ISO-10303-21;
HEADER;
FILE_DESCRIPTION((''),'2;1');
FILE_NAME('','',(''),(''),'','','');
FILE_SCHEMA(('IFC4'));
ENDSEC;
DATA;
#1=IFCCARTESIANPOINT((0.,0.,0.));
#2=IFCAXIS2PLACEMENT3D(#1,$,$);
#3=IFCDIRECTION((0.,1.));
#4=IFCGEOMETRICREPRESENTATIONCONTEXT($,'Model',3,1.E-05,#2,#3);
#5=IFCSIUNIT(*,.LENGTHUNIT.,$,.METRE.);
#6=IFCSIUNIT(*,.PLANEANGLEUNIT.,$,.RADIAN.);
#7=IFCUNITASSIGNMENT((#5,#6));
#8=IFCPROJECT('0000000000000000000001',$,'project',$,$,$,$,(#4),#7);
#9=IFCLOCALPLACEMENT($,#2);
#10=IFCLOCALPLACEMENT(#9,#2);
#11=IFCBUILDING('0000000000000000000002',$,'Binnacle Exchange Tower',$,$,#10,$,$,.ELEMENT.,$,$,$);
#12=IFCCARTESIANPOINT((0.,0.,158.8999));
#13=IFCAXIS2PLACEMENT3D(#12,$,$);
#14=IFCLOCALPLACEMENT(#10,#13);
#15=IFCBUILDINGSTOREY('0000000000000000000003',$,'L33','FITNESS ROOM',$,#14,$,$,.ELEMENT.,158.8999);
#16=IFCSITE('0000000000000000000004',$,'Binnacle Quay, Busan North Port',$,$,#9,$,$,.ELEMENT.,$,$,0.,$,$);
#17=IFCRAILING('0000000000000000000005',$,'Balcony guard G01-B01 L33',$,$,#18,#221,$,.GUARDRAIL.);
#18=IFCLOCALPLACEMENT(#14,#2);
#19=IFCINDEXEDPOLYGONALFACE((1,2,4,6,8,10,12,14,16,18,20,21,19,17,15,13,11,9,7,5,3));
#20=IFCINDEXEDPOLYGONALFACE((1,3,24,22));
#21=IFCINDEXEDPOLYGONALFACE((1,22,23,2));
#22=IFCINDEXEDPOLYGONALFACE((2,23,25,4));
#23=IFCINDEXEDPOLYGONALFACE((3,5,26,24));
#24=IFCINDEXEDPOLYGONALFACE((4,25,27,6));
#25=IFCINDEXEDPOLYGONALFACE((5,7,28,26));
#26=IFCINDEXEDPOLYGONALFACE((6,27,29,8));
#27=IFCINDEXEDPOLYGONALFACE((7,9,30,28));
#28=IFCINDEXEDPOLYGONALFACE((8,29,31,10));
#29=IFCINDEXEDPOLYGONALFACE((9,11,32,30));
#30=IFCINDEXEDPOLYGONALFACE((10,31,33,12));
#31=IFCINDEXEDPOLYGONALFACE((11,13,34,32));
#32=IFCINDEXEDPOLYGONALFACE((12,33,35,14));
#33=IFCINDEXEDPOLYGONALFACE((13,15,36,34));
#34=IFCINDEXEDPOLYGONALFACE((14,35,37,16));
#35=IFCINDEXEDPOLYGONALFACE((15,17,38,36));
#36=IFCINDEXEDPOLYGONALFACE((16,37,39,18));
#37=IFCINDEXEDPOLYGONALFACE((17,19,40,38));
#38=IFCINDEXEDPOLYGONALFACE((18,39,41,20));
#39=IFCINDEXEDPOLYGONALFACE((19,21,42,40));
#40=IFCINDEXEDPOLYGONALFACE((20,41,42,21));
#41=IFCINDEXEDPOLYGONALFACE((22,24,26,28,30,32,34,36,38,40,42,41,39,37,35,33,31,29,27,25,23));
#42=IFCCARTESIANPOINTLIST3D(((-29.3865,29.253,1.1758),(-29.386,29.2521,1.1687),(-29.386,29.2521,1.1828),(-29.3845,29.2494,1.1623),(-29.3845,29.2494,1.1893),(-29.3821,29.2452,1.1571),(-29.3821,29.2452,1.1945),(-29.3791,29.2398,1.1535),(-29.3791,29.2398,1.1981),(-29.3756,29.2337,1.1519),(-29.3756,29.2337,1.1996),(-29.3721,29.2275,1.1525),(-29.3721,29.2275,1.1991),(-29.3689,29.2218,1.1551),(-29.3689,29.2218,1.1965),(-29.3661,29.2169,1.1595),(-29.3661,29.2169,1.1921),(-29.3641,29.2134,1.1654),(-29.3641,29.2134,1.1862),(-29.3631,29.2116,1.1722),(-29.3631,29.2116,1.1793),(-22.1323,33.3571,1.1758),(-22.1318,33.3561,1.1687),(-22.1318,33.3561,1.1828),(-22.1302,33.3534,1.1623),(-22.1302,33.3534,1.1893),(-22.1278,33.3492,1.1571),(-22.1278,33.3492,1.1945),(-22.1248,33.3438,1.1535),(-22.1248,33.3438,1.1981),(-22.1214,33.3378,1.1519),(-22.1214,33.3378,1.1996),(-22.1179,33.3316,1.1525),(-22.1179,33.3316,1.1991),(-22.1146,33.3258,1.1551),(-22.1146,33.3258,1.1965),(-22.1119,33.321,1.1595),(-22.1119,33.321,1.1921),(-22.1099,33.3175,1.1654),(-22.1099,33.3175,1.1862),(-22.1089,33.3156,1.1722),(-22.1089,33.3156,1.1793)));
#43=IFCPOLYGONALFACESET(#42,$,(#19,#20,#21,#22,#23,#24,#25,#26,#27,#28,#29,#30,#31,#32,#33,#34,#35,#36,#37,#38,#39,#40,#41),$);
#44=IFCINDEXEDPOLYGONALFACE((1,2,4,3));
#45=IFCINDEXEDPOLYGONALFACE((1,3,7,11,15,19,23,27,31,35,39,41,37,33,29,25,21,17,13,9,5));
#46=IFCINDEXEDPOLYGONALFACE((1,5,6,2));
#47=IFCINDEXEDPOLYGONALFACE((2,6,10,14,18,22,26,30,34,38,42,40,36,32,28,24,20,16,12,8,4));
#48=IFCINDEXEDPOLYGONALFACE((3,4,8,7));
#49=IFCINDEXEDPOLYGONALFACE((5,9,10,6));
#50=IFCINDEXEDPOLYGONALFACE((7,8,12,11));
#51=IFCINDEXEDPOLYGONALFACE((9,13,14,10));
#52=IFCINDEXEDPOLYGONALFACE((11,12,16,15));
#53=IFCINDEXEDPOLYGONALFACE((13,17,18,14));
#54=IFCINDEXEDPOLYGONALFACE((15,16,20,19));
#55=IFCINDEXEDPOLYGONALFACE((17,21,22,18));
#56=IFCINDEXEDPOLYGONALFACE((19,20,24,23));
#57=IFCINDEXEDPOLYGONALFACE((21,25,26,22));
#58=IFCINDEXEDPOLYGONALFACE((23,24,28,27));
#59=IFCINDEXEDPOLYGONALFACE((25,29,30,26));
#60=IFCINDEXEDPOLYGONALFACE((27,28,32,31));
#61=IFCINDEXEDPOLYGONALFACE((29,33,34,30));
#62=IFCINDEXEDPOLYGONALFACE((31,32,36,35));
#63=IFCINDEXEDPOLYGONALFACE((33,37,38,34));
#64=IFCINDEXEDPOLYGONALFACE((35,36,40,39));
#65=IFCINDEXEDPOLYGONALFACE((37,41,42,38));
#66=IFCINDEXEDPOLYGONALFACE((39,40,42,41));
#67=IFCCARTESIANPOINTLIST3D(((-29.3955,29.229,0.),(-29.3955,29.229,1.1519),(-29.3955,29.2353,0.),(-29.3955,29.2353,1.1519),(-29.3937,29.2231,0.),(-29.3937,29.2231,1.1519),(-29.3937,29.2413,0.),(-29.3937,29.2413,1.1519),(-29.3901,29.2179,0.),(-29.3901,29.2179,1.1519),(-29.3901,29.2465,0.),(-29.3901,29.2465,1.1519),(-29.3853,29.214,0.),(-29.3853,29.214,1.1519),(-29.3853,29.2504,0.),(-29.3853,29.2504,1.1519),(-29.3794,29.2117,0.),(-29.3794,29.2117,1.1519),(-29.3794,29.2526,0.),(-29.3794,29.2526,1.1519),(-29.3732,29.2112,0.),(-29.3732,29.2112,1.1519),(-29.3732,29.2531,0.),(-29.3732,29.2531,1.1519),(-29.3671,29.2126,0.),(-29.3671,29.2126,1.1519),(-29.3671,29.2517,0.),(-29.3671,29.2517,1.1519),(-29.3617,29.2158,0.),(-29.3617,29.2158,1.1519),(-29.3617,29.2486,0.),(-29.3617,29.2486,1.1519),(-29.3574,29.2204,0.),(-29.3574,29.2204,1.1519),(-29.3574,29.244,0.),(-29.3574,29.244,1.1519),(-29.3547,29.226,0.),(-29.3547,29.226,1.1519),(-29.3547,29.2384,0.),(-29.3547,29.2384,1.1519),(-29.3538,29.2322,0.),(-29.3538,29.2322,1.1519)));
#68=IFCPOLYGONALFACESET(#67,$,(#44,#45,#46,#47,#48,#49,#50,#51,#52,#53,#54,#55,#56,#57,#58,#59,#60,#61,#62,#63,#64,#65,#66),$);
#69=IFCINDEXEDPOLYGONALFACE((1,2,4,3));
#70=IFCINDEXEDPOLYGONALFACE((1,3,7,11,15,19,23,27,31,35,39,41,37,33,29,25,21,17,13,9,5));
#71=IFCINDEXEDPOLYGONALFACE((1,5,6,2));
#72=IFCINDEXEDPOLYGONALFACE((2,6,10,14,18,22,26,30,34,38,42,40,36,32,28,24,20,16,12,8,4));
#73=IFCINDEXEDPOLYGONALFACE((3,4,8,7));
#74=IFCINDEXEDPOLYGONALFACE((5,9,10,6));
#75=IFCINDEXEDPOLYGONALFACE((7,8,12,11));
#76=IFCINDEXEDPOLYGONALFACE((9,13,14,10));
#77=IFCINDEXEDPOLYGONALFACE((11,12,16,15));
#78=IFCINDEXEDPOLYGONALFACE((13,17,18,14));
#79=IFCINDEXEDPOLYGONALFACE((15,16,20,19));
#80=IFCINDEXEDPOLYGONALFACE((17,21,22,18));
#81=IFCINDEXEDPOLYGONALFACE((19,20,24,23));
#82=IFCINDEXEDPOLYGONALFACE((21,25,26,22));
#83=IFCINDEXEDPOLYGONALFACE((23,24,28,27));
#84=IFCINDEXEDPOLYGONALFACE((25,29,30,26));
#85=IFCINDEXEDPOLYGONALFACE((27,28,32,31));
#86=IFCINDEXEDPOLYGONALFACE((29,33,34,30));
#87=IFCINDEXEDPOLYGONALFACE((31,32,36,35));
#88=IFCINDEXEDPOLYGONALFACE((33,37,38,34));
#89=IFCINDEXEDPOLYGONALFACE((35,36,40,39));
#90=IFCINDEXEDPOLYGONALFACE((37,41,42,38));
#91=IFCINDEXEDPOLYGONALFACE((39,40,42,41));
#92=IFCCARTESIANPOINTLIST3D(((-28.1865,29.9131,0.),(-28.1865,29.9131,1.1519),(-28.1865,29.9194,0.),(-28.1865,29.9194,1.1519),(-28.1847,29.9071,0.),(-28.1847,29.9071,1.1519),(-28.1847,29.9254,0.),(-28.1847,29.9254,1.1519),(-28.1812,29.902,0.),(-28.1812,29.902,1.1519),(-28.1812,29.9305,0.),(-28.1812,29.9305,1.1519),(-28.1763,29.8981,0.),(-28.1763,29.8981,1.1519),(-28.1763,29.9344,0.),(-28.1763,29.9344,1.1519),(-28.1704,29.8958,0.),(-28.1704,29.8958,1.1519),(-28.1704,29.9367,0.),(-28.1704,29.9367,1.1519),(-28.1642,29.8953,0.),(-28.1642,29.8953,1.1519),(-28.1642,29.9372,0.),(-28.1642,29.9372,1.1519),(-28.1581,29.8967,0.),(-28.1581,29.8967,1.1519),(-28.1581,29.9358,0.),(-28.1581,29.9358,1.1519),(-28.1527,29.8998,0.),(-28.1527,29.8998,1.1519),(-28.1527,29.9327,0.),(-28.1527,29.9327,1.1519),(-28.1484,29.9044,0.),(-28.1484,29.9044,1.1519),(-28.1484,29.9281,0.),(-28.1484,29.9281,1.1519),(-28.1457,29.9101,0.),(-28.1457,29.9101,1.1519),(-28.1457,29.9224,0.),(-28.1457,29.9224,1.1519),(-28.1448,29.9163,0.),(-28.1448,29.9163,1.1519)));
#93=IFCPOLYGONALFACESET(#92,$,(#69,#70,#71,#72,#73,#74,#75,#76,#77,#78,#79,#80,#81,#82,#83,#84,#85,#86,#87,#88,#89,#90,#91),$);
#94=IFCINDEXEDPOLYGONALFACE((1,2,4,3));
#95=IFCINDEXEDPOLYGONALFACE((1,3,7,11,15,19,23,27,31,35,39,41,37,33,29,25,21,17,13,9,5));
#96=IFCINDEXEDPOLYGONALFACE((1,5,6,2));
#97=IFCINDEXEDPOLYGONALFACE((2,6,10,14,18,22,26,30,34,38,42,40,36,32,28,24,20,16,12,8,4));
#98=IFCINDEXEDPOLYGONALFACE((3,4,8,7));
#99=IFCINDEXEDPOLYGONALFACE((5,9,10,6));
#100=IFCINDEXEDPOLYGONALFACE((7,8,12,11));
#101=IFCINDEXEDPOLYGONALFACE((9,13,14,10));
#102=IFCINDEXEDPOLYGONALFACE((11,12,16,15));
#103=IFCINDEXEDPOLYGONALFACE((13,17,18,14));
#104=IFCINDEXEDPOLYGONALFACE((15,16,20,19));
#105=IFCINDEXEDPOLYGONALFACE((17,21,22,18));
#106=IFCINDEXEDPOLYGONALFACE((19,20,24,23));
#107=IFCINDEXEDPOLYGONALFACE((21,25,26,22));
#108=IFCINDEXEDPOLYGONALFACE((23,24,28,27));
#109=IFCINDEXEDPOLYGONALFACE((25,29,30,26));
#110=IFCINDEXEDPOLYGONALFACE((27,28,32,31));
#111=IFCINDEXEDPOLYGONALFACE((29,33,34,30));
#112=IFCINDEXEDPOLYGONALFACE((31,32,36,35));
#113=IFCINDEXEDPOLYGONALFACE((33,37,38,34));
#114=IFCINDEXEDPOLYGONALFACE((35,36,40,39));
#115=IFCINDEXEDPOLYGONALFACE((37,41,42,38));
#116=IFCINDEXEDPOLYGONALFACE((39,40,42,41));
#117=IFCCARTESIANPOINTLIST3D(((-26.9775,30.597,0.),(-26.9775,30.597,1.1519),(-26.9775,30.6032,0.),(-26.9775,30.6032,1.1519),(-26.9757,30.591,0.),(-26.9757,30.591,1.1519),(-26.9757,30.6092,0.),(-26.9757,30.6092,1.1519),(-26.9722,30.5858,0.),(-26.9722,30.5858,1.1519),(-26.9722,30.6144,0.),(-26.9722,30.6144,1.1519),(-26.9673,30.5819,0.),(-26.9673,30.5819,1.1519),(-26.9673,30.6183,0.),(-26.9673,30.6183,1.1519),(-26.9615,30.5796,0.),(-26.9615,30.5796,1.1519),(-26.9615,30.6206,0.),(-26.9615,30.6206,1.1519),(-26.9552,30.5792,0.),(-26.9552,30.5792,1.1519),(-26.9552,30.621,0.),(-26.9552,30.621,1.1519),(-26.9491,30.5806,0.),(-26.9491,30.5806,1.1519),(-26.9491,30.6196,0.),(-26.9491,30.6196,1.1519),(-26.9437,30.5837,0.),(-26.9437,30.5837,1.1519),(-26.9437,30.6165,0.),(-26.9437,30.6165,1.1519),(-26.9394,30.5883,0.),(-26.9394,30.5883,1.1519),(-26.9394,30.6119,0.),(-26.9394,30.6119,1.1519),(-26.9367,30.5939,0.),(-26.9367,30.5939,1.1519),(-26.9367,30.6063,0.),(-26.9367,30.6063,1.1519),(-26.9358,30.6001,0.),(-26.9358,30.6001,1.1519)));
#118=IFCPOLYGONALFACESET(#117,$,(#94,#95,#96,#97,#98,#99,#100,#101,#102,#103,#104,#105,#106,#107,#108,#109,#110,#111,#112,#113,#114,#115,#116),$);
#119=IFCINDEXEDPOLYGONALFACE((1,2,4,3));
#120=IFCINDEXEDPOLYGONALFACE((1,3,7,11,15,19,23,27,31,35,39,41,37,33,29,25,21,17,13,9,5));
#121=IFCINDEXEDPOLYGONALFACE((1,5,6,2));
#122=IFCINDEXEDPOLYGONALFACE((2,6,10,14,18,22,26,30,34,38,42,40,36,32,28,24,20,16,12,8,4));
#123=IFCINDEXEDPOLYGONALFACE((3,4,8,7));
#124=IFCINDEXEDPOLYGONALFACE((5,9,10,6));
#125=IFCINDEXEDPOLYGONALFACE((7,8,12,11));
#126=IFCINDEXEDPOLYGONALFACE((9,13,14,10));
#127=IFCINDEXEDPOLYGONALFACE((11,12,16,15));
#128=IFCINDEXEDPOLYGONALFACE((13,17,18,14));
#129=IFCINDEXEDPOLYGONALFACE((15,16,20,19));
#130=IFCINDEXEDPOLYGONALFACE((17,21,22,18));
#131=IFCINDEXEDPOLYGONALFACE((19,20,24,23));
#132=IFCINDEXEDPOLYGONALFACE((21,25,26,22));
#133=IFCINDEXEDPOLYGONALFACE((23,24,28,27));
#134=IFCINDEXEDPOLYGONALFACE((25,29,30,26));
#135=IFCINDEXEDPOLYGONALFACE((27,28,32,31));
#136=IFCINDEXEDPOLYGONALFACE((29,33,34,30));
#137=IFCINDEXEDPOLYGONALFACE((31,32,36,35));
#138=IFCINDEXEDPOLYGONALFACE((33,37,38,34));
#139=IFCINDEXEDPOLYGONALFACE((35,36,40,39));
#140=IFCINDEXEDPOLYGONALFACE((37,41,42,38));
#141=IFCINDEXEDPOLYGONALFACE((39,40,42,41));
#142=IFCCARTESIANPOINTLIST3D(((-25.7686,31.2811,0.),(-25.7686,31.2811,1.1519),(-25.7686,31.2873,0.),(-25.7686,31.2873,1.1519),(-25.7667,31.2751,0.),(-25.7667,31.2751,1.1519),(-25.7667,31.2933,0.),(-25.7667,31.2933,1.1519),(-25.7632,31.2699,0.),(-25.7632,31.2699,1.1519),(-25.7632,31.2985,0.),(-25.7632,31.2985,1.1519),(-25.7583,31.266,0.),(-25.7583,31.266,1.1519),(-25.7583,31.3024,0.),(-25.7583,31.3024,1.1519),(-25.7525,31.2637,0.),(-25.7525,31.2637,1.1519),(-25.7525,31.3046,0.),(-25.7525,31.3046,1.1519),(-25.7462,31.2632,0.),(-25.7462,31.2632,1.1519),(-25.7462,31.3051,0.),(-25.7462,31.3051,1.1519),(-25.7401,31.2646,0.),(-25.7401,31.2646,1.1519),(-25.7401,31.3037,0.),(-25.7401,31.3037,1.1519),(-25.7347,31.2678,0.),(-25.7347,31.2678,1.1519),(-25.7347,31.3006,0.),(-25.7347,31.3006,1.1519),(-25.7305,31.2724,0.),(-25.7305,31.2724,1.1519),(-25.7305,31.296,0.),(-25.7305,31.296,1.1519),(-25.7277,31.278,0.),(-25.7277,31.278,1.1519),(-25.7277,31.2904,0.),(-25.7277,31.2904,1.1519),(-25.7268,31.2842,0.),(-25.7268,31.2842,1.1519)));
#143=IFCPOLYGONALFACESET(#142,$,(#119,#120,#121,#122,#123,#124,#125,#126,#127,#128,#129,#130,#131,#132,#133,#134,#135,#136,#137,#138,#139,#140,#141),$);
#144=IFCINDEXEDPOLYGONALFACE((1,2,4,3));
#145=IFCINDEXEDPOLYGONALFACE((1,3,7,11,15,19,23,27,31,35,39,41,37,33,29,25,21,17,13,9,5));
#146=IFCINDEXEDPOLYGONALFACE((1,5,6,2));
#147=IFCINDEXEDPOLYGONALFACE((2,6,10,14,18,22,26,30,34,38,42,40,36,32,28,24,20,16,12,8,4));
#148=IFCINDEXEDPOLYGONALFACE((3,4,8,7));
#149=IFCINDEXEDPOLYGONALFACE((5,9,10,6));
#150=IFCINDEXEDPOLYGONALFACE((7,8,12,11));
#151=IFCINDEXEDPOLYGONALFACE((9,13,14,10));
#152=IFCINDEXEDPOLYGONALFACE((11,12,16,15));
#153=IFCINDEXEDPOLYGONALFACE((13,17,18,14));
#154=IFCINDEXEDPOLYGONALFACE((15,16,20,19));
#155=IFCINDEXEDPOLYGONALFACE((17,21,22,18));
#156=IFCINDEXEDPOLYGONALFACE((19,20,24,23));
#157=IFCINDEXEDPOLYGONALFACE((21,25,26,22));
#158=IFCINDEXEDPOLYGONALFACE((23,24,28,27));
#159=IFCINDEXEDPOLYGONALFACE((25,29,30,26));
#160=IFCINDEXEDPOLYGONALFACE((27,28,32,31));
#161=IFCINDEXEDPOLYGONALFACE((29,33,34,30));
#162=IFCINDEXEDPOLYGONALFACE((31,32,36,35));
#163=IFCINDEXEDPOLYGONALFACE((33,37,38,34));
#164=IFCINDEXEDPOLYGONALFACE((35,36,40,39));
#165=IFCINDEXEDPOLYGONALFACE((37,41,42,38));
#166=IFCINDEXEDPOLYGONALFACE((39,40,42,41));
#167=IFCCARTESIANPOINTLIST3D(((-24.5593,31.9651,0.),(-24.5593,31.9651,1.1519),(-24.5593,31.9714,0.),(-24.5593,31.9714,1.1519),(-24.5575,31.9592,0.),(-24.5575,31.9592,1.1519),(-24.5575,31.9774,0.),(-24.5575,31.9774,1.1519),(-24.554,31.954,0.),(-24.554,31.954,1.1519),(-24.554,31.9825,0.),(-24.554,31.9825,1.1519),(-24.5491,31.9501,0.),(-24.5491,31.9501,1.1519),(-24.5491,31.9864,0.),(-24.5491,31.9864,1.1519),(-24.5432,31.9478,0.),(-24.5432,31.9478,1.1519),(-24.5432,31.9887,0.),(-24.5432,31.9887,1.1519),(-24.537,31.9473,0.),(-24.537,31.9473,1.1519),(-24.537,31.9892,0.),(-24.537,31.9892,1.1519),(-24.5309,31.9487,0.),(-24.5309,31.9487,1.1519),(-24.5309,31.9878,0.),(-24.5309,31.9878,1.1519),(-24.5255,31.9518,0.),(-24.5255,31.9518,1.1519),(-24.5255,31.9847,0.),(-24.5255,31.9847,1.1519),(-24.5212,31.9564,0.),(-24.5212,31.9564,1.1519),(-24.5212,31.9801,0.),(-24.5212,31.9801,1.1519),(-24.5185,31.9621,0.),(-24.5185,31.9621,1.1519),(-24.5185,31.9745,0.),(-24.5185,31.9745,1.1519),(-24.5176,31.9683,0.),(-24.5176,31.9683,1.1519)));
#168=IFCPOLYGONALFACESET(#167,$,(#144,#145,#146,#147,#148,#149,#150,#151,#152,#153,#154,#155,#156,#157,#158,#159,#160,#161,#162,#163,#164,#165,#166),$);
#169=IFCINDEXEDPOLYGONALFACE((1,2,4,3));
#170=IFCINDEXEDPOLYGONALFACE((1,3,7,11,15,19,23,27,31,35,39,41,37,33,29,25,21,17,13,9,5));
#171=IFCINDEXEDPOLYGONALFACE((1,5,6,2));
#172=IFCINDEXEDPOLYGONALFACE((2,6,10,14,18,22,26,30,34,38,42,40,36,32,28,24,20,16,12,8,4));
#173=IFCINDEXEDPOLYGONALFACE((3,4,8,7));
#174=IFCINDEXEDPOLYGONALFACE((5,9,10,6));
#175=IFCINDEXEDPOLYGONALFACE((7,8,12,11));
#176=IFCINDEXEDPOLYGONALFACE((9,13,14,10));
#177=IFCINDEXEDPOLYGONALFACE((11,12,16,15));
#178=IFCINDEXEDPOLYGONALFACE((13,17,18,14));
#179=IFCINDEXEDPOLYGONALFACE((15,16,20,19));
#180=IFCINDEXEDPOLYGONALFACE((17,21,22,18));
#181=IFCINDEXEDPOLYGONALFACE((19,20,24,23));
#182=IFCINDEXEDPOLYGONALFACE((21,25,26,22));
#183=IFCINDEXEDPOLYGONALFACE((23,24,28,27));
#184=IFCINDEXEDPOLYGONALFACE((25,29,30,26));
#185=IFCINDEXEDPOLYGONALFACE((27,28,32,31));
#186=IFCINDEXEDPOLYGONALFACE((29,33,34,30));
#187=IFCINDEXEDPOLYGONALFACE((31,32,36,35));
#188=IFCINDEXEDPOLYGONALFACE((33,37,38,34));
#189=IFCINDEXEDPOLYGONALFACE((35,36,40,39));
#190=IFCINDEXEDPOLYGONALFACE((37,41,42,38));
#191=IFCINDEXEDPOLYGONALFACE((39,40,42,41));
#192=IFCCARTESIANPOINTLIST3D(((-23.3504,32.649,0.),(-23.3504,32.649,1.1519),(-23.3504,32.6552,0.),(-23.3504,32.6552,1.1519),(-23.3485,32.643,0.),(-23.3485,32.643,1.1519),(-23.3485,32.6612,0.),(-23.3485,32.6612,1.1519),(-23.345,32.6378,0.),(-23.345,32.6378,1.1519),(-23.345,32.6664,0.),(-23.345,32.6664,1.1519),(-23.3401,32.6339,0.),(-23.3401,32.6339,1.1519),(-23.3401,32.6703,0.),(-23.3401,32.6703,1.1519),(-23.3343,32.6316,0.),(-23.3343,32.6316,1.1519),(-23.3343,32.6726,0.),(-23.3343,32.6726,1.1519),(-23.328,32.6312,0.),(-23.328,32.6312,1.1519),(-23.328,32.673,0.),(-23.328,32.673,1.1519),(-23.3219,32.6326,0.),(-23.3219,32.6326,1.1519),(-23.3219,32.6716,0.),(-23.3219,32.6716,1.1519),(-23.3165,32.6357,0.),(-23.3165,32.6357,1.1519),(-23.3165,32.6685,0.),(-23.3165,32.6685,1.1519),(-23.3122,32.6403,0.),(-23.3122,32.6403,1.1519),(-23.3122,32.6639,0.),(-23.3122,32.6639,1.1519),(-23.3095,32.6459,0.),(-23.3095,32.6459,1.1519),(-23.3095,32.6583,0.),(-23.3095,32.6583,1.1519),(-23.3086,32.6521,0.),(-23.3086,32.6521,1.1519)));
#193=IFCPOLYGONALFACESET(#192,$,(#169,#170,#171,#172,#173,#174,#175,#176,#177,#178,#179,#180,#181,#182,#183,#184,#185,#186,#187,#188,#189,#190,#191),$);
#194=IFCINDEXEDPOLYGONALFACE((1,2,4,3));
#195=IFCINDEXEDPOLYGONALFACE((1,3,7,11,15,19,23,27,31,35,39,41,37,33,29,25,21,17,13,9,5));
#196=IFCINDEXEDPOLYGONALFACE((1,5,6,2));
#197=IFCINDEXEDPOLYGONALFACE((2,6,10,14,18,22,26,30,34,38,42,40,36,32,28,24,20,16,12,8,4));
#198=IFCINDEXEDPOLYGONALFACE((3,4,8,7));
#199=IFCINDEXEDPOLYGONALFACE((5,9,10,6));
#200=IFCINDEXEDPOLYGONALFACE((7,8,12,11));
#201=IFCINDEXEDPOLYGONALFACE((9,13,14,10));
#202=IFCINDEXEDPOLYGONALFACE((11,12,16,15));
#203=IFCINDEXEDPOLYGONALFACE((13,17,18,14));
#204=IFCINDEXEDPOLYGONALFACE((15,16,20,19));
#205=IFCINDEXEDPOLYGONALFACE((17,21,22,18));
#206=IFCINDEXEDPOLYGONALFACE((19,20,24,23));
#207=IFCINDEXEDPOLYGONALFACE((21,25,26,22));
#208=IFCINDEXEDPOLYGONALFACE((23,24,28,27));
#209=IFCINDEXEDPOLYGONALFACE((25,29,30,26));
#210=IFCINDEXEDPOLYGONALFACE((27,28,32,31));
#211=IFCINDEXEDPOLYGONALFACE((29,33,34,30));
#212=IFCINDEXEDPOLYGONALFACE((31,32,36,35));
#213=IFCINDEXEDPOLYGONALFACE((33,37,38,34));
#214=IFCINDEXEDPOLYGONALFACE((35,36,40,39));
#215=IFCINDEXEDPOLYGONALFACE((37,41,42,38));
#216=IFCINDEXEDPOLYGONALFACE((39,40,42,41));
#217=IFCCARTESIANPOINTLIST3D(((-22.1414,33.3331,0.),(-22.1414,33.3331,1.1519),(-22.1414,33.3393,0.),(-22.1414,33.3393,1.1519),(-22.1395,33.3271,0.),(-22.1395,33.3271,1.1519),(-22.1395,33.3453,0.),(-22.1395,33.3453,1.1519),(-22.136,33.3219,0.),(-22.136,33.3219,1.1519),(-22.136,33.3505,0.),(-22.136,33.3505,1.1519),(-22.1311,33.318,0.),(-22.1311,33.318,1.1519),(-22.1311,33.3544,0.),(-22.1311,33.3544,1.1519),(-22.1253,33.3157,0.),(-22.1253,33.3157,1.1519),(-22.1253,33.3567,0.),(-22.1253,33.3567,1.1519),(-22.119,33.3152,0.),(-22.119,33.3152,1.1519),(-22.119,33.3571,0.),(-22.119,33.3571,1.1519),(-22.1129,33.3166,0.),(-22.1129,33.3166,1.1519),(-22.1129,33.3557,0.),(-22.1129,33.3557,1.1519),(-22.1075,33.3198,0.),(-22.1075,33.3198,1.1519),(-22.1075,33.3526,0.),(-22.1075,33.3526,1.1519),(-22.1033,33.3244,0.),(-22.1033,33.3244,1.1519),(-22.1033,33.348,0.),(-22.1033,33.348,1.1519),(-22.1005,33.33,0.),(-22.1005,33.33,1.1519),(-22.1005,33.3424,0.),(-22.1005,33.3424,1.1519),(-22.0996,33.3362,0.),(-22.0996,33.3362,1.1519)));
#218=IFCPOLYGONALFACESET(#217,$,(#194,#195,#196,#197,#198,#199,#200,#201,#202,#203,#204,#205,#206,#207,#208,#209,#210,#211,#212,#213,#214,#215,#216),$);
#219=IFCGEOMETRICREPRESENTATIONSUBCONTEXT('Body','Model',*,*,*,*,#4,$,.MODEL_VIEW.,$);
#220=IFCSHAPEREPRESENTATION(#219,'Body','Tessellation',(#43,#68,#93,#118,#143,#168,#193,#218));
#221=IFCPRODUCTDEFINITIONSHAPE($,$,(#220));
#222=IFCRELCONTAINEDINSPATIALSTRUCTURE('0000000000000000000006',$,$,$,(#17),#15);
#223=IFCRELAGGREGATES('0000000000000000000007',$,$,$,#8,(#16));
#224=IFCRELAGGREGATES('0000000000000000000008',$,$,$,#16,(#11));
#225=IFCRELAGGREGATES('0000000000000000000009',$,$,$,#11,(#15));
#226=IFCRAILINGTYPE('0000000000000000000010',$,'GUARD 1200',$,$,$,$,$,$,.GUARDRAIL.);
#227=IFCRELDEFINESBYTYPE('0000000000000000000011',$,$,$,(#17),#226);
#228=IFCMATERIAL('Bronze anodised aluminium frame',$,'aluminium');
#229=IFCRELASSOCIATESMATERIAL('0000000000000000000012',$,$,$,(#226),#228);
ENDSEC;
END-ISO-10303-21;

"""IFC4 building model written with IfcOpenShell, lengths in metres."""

from ifc_helpers import new_model, si_unit, direction, frame, origin, origin_2d, place, context, subcontext, project, spatial, circle, extrude, material, type_object, element, save


model = new_model("IFC4")

# Units and contexts
model_context = context("Model", 3, precision=1e-05, world=origin(), true_north=direction((0.0, 1.0)))
body_context = subcontext(model_context, "Body", "Model", "MODEL_VIEW")
ifc_project = project(units=[si_unit("LENGTHUNIT", "METRE"), si_unit("PLANEANGLEUNIT", "RADIAN")], contexts=[model_context])

# Site, building, storey
site_placement = place(None, origin())
site = spatial("IfcSite", under=ifc_project, at=site_placement, Name="Binnacle Quay, Busan North Port", CompositionType="ELEMENT", RefElevation=0.0)
building_placement = place(site_placement, origin())
building = spatial("IfcBuilding", under=site, at=building_placement, Name="Binnacle Exchange Tower", CompositionType="ELEMENT")
storey_placement = place(building_placement, frame((0.0, 0.0, 158.8999)))
storey = spatial("IfcBuildingStorey", under=building, at=storey_placement, Name="L33", Description="FITNESS ROOM", CompositionType="ELEMENT", Elevation=158.8999)

# Railing
ifc_material_1 = material(Name="Bronze anodised aluminium frame", Category="aluminium")
railing_type_1 = type_object("IfcRailingType", Name="GUARD 1200", PredefinedType="GUARDRAIL", material=ifc_material_1)
railing_1_placement = place(storey_placement, frame((-29.3748, 29.2322, 0.0)))
element("IfcRailing", 1, at=railing_1_placement, inside=storey, type_object=railing_type_1, Name="Balcony guard G01-B01 L33", PredefinedType="GUARDRAIL", context=body_context, shape_type="SweptSolid", body=[
    extrude(circle(Radius=0.0239, at=origin_2d()), frame((0.0, 0.0, 1.1758), z_axis=(0.870366, 0.492406, 0.0), x_axis=(-0.492406, 0.870366, 0.0)), (0.0, 0.0, 1.0), 8.3347),
    extrude(circle(Radius=0.021, at=origin_2d()), origin(), (0.0, 0.0, 1.0), 1.1519),
    extrude(circle(Radius=0.021, at=origin_2d()), frame((1.209, 0.6841, 0.0)), (0.0, 0.0, 1.0), 1.1519),
    extrude(circle(Radius=0.021, at=origin_2d()), frame((2.418, 1.3679, 0.0)), (0.0, 0.0, 1.0), 1.1519),
    extrude(circle(Radius=0.021, at=origin_2d()), frame((3.627, 2.052, 0.0)), (0.0, 0.0, 1.0), 1.1519),
    extrude(circle(Radius=0.021, at=origin_2d()), frame((4.8362, 2.7361, 0.0)), (0.0, 0.0, 1.0), 1.1519),
    extrude(circle(Radius=0.021, at=origin_2d()), frame((6.0452, 3.4199, 0.0)), (0.0, 0.0, 1.0), 1.1519),
    extrude(circle(Radius=0.021, at=origin_2d()), frame((7.2542, 4.104, 0.0)), (0.0, 0.0, 1.0), 1.1519),
])

save(model, "model.ifc")
